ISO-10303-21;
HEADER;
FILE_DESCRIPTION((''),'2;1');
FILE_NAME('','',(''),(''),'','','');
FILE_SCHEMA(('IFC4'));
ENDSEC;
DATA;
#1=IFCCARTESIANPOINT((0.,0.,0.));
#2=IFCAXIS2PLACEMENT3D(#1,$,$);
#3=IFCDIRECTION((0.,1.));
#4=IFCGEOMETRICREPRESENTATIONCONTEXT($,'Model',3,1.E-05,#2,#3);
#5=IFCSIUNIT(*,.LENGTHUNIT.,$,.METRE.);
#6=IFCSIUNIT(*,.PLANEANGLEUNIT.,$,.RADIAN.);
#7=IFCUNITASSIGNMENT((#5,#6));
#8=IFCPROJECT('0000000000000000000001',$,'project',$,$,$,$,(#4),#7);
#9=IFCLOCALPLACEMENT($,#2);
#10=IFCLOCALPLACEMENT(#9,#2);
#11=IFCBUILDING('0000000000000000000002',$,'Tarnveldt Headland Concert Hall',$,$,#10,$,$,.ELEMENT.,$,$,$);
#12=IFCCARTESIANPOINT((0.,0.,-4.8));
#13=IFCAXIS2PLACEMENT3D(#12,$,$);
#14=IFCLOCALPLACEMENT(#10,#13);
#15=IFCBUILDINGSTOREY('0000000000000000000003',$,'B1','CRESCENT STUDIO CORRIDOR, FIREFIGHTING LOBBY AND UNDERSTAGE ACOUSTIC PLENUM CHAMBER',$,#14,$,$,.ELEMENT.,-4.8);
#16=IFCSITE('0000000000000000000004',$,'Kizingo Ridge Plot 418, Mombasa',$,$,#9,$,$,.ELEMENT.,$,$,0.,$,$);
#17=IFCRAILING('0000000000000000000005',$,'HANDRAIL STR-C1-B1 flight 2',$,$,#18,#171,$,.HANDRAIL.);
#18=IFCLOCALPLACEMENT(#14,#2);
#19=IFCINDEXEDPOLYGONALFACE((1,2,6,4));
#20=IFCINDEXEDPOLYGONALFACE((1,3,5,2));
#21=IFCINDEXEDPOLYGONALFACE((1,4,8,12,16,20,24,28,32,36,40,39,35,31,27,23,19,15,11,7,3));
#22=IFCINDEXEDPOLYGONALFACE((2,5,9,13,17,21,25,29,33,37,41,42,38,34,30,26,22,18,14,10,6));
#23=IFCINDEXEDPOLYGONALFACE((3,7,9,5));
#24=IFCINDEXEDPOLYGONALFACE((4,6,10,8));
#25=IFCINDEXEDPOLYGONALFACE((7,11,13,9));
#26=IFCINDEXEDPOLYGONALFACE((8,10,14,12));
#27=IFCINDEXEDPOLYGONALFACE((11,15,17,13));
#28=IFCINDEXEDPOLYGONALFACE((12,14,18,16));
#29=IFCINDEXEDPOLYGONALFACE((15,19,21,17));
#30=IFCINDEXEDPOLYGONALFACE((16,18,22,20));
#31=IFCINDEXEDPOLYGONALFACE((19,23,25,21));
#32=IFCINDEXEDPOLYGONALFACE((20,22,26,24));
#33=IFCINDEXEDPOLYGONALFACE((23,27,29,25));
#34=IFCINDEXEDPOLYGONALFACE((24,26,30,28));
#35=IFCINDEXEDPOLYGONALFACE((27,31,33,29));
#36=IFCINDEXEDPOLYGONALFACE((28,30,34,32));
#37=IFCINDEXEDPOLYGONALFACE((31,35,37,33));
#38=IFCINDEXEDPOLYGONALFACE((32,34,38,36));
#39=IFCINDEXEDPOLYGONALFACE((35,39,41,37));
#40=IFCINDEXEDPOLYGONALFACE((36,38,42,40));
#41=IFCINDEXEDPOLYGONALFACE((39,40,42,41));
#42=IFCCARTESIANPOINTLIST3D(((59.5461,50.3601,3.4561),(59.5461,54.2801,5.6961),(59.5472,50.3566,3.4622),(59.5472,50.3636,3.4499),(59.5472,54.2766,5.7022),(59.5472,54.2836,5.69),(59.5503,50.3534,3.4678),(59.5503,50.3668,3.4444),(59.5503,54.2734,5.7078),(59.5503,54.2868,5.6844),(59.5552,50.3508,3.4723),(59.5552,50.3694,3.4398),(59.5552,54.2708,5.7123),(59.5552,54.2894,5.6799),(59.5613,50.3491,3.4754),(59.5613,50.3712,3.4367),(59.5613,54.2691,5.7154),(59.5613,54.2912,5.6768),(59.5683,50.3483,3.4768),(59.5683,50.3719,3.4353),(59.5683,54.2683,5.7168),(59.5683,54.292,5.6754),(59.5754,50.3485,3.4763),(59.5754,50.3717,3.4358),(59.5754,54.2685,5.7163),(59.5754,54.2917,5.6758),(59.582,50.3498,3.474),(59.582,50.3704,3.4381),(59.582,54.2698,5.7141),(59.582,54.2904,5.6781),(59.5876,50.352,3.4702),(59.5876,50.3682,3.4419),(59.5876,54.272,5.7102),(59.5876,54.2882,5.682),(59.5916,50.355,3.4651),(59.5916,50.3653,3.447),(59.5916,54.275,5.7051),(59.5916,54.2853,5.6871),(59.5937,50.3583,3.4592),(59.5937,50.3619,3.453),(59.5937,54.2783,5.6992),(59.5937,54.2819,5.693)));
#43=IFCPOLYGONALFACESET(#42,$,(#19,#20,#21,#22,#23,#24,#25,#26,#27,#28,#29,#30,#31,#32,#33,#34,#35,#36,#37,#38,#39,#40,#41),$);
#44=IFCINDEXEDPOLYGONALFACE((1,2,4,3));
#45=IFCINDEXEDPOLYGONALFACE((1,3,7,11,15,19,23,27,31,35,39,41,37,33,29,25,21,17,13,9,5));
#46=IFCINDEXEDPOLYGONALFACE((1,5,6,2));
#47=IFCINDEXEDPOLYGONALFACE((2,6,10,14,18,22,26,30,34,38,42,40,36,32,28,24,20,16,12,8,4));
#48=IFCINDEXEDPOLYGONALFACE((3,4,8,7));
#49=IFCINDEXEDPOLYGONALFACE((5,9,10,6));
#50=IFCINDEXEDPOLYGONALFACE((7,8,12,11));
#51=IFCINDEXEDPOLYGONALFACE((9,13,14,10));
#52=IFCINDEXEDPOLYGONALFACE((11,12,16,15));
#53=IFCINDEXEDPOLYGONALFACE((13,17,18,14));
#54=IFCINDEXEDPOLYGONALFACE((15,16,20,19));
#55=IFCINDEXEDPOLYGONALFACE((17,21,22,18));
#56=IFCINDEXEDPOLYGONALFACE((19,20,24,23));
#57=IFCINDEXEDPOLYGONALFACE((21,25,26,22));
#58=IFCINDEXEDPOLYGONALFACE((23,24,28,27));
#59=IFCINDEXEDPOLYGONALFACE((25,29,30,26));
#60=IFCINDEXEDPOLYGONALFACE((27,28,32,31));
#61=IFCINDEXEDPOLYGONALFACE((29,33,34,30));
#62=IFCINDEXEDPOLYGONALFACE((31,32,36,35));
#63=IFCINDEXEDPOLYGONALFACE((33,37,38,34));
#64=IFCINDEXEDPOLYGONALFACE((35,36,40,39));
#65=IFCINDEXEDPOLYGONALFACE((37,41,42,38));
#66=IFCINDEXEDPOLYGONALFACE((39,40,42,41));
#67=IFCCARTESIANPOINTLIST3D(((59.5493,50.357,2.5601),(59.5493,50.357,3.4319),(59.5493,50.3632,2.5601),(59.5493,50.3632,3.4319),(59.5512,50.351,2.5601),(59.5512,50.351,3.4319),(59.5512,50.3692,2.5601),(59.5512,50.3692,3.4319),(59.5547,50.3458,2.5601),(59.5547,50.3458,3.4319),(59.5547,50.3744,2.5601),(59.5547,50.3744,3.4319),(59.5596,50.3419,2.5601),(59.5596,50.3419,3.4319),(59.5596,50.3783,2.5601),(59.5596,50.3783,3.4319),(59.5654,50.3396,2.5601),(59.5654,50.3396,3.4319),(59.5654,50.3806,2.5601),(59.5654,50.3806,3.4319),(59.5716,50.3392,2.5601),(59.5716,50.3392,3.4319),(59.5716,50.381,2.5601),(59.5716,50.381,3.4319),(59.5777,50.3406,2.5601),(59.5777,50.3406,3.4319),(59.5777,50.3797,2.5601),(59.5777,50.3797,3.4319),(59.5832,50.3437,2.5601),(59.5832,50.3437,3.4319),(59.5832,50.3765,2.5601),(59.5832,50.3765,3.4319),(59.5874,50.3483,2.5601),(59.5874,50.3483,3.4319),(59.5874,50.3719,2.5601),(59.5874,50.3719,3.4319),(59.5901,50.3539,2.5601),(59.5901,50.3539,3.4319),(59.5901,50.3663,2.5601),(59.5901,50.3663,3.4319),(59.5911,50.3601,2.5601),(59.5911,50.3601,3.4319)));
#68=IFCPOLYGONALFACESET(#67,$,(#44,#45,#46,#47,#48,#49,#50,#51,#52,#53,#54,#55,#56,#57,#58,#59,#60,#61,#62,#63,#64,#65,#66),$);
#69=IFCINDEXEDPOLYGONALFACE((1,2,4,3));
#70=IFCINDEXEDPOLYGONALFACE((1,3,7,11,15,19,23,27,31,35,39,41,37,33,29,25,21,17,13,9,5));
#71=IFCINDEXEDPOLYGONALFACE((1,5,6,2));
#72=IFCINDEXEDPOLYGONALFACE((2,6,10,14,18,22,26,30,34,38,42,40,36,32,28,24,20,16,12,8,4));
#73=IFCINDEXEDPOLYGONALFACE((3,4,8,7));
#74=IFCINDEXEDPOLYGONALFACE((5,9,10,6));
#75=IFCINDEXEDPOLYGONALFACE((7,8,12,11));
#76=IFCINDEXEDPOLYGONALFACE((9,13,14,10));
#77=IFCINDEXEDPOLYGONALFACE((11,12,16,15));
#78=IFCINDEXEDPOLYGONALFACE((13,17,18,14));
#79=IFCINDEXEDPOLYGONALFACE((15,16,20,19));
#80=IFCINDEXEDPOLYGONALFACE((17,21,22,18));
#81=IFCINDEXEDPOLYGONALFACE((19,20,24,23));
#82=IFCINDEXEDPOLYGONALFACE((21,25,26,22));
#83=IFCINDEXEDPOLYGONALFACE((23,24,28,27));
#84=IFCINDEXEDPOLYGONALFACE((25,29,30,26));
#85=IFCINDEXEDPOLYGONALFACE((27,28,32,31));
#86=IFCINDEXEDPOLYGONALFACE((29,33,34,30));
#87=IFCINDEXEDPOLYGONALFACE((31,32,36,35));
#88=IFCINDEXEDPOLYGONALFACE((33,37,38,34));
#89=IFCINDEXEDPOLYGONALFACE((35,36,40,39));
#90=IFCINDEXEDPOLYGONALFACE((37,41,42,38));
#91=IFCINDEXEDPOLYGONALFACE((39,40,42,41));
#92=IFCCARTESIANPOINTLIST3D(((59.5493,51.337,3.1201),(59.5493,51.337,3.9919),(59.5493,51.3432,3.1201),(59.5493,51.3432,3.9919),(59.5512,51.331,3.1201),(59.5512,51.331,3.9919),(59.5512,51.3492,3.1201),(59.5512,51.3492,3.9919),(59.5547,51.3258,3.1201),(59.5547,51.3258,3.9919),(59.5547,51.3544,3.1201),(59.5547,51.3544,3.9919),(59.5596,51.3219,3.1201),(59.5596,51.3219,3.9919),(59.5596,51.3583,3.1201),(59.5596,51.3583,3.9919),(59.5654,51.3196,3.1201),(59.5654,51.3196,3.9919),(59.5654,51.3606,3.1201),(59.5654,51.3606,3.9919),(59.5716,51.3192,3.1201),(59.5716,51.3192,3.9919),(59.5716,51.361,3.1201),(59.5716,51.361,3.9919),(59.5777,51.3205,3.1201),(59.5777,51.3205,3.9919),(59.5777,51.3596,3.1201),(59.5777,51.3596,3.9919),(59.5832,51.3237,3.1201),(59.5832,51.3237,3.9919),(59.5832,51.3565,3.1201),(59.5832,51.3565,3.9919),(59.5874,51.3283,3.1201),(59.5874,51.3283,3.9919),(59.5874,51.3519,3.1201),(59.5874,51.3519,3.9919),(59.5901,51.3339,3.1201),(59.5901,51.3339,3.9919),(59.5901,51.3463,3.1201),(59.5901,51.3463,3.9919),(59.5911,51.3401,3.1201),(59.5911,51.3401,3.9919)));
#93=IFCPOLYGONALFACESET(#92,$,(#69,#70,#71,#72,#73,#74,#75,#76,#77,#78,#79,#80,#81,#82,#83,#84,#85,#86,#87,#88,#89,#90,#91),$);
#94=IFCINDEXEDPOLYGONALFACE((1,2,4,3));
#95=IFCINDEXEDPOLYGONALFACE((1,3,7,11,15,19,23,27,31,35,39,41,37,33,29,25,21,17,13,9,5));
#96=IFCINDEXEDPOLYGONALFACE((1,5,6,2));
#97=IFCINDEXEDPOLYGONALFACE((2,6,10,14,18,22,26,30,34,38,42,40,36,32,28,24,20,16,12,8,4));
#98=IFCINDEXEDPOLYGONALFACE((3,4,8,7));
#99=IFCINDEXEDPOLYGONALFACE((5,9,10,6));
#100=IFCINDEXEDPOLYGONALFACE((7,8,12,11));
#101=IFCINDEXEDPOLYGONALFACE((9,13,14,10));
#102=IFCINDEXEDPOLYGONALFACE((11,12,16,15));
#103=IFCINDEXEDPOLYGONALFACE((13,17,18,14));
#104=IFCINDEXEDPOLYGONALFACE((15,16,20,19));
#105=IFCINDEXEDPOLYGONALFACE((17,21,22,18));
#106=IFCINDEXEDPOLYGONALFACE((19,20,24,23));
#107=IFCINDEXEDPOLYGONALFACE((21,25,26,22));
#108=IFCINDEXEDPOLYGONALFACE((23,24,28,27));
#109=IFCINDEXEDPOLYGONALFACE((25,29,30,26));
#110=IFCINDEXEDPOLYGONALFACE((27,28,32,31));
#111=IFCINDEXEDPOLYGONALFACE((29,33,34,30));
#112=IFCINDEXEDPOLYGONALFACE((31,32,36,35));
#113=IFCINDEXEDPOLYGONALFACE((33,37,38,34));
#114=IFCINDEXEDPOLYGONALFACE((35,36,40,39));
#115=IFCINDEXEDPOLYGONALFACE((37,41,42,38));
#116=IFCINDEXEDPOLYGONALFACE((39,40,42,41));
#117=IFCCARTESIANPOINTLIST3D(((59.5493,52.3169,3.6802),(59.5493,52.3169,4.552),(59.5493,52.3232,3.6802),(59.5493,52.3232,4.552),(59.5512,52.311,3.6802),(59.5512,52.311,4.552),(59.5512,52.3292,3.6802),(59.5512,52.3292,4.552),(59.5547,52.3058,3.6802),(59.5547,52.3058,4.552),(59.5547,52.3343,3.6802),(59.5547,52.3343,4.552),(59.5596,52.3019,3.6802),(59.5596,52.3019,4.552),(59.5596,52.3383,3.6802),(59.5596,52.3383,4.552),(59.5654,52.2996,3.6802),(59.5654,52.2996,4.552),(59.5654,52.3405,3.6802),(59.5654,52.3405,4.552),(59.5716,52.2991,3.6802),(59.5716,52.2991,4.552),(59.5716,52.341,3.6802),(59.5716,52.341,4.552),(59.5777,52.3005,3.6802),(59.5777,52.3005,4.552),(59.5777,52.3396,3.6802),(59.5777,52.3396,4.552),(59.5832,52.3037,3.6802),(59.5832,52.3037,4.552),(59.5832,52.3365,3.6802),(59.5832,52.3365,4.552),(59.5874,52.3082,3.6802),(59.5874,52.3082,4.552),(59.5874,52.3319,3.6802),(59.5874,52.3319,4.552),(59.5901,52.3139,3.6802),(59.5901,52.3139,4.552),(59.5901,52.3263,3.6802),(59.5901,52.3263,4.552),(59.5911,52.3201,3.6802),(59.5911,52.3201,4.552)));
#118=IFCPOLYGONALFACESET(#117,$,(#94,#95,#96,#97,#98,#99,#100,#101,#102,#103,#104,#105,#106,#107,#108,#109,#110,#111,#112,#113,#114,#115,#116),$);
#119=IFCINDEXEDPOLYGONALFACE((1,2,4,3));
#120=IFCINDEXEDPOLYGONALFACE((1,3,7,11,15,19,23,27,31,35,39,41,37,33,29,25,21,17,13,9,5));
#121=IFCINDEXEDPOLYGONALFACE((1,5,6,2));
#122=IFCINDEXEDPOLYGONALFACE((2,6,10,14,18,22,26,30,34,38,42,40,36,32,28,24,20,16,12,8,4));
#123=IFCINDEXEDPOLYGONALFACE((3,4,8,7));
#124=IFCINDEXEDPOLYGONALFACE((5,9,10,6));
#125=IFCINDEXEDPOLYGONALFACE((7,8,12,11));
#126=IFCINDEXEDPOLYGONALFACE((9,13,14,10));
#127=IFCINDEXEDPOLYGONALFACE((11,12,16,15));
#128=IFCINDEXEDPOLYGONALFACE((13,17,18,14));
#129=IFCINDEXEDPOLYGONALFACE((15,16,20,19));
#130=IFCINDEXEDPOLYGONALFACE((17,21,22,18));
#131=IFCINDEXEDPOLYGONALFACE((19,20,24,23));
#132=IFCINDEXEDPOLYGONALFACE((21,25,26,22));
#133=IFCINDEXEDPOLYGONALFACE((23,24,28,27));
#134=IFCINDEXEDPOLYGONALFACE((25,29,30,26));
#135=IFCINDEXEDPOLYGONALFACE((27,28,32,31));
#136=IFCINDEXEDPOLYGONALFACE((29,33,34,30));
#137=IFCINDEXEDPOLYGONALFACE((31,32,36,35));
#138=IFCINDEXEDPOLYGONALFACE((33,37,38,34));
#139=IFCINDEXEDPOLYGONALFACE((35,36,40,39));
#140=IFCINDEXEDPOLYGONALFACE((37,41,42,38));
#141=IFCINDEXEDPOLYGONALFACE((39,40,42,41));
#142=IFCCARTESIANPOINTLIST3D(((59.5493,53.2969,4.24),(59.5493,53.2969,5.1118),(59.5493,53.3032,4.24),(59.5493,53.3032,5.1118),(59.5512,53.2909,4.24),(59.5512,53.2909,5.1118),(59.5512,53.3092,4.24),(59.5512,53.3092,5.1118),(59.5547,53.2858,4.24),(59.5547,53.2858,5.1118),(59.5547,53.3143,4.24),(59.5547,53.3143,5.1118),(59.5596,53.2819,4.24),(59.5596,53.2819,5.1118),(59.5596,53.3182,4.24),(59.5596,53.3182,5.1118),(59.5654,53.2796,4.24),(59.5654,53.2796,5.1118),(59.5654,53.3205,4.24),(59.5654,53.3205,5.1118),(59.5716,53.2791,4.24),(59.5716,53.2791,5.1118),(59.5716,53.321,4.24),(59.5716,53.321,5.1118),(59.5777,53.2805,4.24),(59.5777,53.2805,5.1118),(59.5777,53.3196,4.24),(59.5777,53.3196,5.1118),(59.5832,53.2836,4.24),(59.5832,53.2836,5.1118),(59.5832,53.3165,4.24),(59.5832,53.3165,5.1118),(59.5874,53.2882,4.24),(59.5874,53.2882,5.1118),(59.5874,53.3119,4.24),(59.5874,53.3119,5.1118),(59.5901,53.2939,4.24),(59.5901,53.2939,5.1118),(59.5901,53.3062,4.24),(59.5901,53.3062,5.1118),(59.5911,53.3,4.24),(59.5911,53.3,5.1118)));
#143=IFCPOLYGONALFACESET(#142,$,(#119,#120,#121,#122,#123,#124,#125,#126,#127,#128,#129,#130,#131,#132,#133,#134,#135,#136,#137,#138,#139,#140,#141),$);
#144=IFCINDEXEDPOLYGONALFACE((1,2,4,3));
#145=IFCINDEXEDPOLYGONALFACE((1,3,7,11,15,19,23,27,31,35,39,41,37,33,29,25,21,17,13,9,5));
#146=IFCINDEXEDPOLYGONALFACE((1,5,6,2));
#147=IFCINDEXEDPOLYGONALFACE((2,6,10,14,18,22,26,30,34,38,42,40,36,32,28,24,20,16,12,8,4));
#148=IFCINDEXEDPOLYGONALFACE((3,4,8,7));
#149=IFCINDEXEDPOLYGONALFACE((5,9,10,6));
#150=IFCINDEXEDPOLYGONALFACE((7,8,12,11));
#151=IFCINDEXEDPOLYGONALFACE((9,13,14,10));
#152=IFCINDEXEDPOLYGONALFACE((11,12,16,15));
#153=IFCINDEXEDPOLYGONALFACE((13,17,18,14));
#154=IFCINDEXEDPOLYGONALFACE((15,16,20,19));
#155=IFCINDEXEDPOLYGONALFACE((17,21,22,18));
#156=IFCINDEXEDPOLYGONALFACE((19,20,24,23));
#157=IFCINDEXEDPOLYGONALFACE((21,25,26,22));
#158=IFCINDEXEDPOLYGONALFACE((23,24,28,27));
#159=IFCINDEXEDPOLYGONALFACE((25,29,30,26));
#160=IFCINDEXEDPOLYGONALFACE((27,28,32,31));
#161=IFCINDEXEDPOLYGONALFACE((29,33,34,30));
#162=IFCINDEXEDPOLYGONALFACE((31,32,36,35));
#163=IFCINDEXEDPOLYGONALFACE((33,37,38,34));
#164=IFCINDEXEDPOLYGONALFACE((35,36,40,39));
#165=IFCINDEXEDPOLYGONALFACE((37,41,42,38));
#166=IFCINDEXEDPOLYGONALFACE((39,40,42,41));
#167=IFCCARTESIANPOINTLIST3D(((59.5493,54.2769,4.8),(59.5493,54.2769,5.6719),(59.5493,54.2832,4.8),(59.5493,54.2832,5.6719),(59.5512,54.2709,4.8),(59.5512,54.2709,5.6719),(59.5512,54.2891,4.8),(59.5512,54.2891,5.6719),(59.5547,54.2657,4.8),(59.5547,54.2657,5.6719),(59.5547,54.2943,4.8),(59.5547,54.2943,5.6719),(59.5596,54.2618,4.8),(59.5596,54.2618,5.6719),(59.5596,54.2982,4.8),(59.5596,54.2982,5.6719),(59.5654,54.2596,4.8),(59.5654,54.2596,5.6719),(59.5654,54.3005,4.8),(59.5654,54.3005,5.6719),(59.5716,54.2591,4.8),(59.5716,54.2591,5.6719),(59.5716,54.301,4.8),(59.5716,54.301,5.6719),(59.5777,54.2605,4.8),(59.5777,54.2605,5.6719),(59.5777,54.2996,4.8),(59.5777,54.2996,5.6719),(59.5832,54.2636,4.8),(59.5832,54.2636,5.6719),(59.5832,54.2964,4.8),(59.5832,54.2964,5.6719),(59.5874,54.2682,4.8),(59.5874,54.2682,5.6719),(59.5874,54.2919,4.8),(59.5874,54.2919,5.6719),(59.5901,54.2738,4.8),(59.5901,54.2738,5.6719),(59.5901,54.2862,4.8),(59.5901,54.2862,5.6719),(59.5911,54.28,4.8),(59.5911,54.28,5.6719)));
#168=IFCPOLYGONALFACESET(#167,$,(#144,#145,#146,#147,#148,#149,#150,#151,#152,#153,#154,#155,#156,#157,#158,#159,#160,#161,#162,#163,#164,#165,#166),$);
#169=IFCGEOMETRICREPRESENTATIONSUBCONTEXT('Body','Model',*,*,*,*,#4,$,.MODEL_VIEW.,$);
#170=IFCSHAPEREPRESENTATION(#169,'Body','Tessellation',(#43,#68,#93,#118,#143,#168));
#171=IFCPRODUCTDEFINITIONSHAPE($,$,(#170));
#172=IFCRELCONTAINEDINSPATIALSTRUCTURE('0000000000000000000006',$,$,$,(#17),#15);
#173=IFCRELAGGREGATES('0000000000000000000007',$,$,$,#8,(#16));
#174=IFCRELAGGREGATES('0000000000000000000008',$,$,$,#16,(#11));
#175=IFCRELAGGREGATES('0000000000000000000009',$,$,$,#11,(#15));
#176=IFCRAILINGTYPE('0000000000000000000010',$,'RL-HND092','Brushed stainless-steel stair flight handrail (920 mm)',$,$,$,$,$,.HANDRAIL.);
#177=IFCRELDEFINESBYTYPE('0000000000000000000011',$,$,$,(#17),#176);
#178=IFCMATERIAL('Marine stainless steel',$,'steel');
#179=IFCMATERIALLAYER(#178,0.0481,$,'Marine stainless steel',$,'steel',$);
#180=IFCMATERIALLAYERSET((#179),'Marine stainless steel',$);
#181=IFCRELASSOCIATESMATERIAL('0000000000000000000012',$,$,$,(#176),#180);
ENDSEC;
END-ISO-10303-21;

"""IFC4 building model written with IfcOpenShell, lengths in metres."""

from ifc_helpers import new_model, si_unit, direction, frame, origin, origin_2d, place, context, subcontext, project, spatial, circle, extrude, material, layer, layer_set, type_object, element, save


model = new_model("IFC4")

# Units and contexts
model_context = context("Model", 3, precision=1e-05, world=origin(), true_north=direction((0.0, 1.0)))
body_context = subcontext(model_context, "Body", "Model", "MODEL_VIEW")
ifc_project = project(units=[si_unit("LENGTHUNIT", "METRE"), si_unit("PLANEANGLEUNIT", "RADIAN")], contexts=[model_context])

# Site, building, storey
site_placement = place(None, origin())
site = spatial("IfcSite", under=ifc_project, at=site_placement, Name="Kizingo Ridge Plot 418, Mombasa", CompositionType="ELEMENT", RefElevation=0.0)
building_placement = place(site_placement, origin())
building = spatial("IfcBuilding", under=site, at=building_placement, Name="Tarnveldt Headland Concert Hall", CompositionType="ELEMENT")
storey_placement = place(building_placement, frame((0.0, 0.0, -4.8)))
storey = spatial("IfcBuildingStorey", under=building, at=storey_placement, Name="B1", Description="CRESCENT STUDIO CORRIDOR, FIREFIGHTING LOBBY AND UNDERSTAGE ACOUSTIC PLENUM CHAMBER", CompositionType="ELEMENT", Elevation=-4.8)

# Railing
ifc_material_1 = material(Name="Marine stainless steel", Category="steel")
ifc_layer_1 = layer(ifc_material_1, 0.0481, Name="Marine stainless steel", Category="steel")
ifc_layer_set_1 = layer_set([ifc_layer_1], Name="Marine stainless steel")
railing_type_1 = type_object("IfcRailingType", Name="RL-HND092", Description="Brushed stainless-steel stair flight handrail (920 mm)", PredefinedType="HANDRAIL", material=ifc_layer_set_1)
railing_1_placement = place(storey_placement, frame((59.5701, 50.3601, 2.5601)))
element("IfcRailing", 1, at=railing_1_placement, inside=storey, type_object=railing_type_1, Name="HANDRAIL STR-C1-B1 flight 2", PredefinedType="HANDRAIL", context=body_context, shape_type="SweptSolid", body=[
    extrude(circle(Radius=0.0239, at=origin_2d()), frame((0.0, 0.0, 0.896), z_axis=(0.0, 0.86824, 0.496145), x_axis=(-1.0, 0.0, 0.0)), (0.0, 0.0, 1.0), 4.5149),
    extrude(circle(Radius=0.021, at=origin_2d()), origin(), (0.0, 0.0, 1.0), 0.8718),
    extrude(circle(Radius=0.021, at=origin_2d()), frame((0.0, 0.98, 0.5601)), (0.0, 0.0, 1.0), 0.8718),
    extrude(circle(Radius=0.021, at=origin_2d()), frame((0.0, 1.96, 1.1201)), (0.0, 0.0, 1.0), 0.8718),
    extrude(circle(Radius=0.021, at=origin_2d()), frame((0.0, 2.9399, 1.6799)), (0.0, 0.0, 1.0), 0.8718),
    extrude(circle(Radius=0.021, at=origin_2d()), frame((0.0, 3.9199, 2.24)), (0.0, 0.0, 1.0), 0.8718),
])

save(model, "model.ifc")
